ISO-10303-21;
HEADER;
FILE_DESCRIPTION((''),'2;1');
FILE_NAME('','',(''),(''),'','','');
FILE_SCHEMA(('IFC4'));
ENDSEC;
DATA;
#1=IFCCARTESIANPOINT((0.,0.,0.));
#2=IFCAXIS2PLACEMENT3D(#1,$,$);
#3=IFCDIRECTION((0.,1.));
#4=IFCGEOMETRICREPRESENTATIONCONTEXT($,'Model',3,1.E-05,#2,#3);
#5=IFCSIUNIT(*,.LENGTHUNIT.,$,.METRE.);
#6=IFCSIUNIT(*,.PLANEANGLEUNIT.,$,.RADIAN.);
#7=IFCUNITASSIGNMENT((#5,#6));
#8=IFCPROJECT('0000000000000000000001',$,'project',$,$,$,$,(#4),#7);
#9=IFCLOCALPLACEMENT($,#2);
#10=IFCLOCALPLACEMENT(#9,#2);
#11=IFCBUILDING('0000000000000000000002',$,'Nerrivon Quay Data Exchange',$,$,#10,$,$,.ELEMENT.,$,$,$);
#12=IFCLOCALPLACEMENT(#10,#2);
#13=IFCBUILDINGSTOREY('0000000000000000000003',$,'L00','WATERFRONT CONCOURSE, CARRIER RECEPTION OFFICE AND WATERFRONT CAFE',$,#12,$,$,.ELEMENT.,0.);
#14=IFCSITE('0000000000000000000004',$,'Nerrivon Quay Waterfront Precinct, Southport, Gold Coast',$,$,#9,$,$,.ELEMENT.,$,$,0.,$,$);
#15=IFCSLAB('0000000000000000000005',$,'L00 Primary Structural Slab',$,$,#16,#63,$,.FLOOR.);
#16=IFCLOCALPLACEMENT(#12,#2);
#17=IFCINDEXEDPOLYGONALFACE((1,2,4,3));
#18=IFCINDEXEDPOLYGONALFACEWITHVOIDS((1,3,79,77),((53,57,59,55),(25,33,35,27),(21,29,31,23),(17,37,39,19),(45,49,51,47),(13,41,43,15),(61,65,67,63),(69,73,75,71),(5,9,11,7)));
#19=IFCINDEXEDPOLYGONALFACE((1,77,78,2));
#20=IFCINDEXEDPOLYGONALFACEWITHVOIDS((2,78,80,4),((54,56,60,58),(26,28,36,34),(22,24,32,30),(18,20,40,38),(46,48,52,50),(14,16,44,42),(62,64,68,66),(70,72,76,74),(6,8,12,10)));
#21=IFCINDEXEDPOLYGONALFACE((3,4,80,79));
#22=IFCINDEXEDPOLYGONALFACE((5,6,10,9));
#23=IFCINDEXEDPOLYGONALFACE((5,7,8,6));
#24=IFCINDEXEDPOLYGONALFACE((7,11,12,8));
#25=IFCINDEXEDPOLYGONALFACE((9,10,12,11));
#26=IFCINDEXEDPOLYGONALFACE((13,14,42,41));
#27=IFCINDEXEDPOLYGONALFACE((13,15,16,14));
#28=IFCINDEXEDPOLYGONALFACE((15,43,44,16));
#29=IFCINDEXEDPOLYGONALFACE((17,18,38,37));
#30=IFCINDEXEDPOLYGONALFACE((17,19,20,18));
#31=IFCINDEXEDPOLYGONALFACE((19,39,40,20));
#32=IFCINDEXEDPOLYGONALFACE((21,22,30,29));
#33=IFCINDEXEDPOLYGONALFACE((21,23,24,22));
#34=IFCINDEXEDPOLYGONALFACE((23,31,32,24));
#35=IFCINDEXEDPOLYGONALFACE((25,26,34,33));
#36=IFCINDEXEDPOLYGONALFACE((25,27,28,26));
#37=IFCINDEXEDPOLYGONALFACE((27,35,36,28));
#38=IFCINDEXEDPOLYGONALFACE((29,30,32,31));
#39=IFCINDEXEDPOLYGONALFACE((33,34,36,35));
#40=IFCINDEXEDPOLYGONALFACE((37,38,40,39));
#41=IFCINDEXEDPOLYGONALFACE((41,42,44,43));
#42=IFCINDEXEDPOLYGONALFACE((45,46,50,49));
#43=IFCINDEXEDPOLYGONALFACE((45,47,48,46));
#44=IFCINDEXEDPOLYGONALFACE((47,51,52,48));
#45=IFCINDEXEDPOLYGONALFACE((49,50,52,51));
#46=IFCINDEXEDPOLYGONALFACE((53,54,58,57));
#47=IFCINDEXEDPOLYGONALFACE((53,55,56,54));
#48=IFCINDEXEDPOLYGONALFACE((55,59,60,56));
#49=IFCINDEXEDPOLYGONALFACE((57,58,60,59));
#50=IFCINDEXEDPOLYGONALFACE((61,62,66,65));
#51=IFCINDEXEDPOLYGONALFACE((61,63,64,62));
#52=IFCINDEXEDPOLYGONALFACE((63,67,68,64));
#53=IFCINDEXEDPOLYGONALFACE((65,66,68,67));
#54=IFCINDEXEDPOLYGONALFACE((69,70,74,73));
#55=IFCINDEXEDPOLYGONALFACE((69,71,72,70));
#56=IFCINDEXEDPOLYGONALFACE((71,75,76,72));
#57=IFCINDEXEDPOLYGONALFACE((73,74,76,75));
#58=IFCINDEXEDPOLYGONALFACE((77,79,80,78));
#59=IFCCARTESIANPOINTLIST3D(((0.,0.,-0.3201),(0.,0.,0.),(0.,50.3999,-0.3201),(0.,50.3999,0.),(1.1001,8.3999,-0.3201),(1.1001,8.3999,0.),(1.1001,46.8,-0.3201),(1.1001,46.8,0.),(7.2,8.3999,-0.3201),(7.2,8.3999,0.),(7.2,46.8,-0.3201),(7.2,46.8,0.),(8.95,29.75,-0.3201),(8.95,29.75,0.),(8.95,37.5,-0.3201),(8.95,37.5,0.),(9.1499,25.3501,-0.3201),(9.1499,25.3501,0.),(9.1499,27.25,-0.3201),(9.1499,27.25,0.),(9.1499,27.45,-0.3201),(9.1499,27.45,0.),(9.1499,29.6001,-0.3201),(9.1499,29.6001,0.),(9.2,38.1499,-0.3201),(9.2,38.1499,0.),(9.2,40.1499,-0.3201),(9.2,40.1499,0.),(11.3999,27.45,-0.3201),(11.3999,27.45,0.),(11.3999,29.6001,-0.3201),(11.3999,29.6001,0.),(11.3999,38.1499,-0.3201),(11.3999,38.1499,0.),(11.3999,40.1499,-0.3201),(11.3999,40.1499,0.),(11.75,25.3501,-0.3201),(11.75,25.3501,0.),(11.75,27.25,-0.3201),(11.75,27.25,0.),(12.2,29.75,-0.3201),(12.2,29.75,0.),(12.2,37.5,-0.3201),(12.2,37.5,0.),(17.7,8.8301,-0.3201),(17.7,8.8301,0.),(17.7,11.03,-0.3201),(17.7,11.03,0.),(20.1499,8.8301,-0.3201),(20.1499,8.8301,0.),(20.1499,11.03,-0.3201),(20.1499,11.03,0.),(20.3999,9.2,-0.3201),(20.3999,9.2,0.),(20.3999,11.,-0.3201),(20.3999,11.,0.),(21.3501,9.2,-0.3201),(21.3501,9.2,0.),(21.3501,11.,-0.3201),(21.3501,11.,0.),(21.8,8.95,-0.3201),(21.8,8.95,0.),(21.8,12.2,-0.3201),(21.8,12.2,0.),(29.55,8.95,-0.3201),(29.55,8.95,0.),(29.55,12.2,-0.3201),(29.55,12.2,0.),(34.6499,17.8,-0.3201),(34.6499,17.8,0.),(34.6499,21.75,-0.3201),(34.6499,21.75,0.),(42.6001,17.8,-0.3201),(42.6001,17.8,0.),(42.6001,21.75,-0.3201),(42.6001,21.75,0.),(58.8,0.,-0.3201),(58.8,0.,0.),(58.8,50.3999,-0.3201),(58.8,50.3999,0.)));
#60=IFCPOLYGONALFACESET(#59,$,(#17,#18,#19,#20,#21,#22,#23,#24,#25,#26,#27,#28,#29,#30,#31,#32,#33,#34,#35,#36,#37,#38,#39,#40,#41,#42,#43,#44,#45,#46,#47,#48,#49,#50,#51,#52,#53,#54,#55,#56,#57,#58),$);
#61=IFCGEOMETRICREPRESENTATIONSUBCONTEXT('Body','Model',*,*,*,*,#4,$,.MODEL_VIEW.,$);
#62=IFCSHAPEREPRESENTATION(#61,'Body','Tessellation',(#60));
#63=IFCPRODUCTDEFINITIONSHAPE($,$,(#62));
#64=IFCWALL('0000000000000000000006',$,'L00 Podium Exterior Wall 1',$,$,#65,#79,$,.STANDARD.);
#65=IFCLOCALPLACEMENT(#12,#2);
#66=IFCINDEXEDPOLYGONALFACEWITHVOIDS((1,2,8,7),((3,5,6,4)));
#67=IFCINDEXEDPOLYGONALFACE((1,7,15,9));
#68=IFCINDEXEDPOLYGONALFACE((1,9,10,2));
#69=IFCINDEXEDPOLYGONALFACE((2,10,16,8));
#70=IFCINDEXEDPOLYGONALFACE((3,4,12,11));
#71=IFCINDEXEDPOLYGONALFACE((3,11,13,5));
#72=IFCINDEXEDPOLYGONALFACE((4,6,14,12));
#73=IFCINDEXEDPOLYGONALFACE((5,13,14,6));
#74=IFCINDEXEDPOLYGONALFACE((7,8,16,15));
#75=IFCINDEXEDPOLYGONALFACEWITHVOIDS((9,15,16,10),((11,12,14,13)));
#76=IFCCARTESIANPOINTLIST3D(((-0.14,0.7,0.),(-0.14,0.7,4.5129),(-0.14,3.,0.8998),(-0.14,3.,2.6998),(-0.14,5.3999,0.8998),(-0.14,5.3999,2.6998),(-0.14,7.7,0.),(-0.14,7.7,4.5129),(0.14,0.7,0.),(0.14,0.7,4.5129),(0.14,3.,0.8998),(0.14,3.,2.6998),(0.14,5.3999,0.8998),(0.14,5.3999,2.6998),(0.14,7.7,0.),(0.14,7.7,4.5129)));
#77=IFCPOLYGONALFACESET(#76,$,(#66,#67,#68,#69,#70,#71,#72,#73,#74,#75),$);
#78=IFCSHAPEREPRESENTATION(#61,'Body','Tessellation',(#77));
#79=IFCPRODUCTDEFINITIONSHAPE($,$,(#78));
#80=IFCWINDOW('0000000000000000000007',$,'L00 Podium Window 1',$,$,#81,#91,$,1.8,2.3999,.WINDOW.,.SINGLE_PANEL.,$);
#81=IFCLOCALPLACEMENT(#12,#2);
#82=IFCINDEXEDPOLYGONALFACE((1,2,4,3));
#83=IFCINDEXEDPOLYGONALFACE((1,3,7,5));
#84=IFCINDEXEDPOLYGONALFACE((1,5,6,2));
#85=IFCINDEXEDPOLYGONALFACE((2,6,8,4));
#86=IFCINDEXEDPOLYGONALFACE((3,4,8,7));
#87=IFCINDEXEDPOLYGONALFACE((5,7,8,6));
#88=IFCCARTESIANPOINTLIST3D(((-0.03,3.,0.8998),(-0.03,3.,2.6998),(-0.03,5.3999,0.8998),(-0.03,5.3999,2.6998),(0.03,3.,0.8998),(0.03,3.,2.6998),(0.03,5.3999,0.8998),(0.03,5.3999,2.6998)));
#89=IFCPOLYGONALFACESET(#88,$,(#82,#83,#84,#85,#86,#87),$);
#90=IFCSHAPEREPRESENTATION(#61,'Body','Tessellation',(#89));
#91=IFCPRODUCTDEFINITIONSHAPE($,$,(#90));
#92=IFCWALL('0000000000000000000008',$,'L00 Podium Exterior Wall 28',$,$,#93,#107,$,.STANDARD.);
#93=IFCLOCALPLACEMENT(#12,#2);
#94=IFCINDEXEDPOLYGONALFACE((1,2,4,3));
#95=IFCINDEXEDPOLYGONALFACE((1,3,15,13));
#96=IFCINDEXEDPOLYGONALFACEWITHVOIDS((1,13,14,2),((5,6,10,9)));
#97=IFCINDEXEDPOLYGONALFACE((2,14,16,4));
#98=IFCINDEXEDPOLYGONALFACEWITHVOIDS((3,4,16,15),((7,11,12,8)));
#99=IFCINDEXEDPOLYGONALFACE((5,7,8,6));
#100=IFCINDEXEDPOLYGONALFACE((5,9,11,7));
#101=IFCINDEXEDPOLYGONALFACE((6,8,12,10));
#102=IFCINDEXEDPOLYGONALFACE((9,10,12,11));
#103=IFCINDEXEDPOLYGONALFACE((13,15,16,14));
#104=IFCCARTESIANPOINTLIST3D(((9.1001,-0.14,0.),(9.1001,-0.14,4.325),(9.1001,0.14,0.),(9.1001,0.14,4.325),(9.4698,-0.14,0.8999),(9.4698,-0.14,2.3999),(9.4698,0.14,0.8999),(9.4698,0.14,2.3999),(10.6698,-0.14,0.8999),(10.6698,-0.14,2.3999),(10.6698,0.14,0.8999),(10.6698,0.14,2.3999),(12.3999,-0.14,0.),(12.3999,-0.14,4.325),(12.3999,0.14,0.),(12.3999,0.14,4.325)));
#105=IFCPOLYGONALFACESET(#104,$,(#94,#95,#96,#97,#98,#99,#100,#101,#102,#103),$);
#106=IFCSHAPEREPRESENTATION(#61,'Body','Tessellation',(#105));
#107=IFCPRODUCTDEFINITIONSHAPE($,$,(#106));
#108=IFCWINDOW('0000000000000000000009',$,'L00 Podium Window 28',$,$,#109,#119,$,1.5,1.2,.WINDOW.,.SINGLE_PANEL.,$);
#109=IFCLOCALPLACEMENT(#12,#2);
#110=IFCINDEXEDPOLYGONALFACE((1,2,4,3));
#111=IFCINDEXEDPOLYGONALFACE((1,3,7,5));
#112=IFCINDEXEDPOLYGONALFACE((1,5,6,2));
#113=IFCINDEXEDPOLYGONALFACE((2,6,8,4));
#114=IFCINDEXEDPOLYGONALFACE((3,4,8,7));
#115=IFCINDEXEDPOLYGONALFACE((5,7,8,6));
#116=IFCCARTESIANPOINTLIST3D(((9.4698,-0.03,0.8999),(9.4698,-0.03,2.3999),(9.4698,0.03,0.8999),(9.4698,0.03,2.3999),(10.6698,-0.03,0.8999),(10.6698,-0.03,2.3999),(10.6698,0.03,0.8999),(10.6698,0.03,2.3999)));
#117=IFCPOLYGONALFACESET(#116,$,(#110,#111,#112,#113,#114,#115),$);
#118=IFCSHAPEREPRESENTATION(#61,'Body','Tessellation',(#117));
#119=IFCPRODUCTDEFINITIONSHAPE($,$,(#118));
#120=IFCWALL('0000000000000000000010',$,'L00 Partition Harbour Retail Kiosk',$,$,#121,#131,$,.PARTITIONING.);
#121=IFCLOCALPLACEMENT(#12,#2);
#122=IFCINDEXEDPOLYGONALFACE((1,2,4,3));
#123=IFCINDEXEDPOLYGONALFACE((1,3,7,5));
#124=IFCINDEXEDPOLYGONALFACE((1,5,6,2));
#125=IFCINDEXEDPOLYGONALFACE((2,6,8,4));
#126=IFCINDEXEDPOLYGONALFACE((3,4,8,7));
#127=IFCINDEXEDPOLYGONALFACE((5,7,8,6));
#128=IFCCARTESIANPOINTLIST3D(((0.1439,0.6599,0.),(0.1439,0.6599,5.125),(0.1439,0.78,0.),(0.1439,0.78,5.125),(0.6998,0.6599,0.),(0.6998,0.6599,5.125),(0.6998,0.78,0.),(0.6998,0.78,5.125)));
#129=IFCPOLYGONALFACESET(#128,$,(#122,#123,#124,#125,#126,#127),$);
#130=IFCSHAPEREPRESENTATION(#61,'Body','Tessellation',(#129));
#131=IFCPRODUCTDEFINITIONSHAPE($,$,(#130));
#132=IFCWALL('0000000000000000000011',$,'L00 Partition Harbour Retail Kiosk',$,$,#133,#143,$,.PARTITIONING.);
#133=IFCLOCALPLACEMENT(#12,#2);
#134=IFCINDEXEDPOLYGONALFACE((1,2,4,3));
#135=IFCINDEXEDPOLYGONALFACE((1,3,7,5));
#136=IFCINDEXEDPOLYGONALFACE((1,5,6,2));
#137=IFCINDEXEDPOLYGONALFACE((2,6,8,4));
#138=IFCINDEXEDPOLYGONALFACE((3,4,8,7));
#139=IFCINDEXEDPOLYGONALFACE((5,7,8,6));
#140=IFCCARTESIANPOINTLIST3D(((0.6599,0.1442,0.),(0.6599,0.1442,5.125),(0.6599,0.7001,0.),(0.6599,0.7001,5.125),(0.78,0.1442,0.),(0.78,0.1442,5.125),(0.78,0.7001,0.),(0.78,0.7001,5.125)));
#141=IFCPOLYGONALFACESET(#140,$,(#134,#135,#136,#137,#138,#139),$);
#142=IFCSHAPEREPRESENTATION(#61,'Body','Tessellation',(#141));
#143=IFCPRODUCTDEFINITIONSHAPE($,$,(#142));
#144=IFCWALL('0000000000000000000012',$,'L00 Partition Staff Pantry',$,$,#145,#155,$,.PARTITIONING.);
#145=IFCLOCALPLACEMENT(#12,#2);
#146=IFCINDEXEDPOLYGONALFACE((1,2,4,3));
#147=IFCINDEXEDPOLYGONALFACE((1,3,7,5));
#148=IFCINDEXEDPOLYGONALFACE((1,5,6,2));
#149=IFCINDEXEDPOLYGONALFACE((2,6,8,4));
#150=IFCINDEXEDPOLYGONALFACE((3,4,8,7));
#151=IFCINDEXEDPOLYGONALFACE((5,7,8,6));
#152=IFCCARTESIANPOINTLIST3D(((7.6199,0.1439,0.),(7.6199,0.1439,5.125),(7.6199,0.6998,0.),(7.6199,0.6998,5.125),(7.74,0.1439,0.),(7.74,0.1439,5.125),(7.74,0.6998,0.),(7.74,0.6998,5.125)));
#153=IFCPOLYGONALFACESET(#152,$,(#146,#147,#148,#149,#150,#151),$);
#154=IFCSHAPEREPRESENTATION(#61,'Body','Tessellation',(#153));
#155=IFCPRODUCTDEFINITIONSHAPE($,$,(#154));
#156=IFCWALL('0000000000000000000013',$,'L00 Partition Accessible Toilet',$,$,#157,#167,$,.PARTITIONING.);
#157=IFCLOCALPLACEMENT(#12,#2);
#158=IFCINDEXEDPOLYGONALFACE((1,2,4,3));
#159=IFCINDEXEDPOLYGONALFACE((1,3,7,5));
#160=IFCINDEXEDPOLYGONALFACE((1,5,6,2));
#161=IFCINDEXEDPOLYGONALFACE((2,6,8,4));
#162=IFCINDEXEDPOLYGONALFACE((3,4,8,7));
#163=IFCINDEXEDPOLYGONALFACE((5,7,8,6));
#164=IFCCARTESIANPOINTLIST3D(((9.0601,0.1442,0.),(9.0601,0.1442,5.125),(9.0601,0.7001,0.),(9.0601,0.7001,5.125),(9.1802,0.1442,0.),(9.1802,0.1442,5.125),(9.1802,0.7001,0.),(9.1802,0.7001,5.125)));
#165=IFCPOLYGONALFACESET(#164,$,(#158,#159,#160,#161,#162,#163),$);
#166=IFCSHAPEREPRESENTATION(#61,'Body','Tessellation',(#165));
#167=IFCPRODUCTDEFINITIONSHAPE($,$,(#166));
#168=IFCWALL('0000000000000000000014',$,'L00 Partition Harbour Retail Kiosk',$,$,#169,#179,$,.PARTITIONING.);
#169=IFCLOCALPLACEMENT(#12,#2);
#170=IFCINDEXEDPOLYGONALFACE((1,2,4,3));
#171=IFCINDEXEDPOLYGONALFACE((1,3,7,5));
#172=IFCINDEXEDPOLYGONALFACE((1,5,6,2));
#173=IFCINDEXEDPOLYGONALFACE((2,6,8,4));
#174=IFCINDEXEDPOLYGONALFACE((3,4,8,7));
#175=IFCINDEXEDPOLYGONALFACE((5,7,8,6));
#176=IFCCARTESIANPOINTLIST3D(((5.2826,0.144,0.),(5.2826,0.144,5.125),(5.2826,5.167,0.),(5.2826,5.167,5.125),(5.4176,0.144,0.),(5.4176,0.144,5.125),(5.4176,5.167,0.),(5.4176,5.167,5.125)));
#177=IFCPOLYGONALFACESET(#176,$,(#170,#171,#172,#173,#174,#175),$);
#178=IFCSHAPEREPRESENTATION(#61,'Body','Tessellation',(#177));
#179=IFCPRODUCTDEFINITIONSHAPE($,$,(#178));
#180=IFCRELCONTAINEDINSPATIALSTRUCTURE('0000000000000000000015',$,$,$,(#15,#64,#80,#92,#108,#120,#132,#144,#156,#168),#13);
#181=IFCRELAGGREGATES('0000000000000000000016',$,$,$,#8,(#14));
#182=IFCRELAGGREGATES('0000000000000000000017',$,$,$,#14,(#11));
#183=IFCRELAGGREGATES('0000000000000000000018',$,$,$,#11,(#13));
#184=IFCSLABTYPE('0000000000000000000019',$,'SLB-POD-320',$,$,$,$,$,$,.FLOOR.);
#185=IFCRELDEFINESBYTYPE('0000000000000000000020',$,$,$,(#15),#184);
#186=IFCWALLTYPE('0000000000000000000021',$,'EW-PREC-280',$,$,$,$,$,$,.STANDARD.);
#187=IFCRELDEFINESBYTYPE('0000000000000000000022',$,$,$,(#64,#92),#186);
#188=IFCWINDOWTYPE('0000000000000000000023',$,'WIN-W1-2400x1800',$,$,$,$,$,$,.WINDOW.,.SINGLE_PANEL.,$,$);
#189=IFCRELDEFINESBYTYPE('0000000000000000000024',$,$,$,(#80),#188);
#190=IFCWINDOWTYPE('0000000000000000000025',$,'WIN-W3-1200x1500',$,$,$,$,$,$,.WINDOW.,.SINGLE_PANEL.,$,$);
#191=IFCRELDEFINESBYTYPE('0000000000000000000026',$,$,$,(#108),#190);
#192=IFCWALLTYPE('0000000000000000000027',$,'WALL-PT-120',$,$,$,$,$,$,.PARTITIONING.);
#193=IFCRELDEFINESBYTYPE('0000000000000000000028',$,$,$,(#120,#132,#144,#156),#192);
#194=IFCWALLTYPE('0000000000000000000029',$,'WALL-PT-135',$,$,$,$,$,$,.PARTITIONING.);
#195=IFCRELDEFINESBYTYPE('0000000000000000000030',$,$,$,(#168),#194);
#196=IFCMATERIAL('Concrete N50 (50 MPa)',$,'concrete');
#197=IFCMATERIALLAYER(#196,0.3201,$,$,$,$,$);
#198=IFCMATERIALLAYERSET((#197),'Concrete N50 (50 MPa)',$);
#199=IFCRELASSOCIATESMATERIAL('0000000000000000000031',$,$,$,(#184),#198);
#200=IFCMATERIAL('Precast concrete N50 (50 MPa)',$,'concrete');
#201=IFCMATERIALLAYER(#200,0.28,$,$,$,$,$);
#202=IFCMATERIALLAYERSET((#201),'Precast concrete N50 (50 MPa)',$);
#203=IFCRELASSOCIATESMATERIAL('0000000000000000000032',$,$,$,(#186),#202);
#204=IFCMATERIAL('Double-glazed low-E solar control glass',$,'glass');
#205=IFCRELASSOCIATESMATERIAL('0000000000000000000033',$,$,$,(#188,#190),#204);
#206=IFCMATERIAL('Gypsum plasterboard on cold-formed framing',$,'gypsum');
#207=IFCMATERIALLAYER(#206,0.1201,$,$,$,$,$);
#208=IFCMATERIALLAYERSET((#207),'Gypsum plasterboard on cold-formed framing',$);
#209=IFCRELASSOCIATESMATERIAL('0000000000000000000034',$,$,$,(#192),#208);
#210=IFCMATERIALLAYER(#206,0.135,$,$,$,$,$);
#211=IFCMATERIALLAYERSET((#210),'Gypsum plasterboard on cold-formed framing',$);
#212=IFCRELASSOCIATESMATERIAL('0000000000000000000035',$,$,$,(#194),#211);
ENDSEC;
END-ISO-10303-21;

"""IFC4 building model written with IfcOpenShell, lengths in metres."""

from ifc_helpers import new_model, si_unit, direction, frame, frame_2d, origin, place, context, subcontext, project, spatial, polyline, rectangle, outline, extrude, material, layer, layer_set, type_object, element, fill, save


model = new_model("IFC4")

# Units and contexts
model_context = context("Model", 3, precision=1e-05, world=origin(), true_north=direction((0.0, 1.0)))
body_context = subcontext(model_context, "Body", "Model", "MODEL_VIEW")
ifc_project = project(units=[si_unit("LENGTHUNIT", "METRE"), si_unit("PLANEANGLEUNIT", "RADIAN")], contexts=[model_context])

# Site, building, storey
site_placement = place(None, origin())
site = spatial("IfcSite", under=ifc_project, at=site_placement, Name="Nerrivon Quay Waterfront Precinct, Southport, Gold Coast", CompositionType="ELEMENT", RefElevation=0.0)
building_placement = place(site_placement, origin())
building = spatial("IfcBuilding", under=site, at=building_placement, Name="Nerrivon Quay Data Exchange", CompositionType="ELEMENT")
storey_placement = place(building_placement, origin())
storey = spatial("IfcBuildingStorey", under=building, at=storey_placement, Name="L00", Description="WATERFRONT CONCOURSE, CARRIER RECEPTION OFFICE AND WATERFRONT CAFE", CompositionType="ELEMENT", Elevation=0.0)

# Shared definitions
ifc_material_1 = material(Name="Concrete N50 (50 MPa)", Category="concrete")

# Slab
ifc_layer_1 = layer(ifc_material_1, 0.3201)
ifc_layer_set_1 = layer_set([ifc_layer_1], Name="Concrete N50 (50 MPa)")
slab_type_1 = type_object("IfcSlabType", Name="SLB-POD-320", PredefinedType="FLOOR", material=ifc_layer_set_1)
slab_1_placement = place(storey_placement, frame((0.0, 0.0, -0.3201)))
element("IfcSlab", 1, at=slab_1_placement, inside=storey, type_object=slab_type_1, Name="L00 Primary Structural Slab", PredefinedType="FLOOR", context=body_context, shape_type="SweptSolid", body=[
    extrude(outline(polyline([(58.8, 0.0), (58.8, 50.3999), (0.0, 50.3999), (0.0, 0.0), (58.8, 0.0)]), holes=[polyline([(8.95, 29.75), (8.95, 37.5), (12.2, 37.5), (12.2, 29.75), (8.95, 29.75)]), polyline([(21.8, 12.2), (29.55, 12.2), (29.55, 8.95), (21.8, 8.95), (21.8, 12.2)]), polyline([(34.6499, 21.75), (42.6001, 21.75), (42.6001, 17.8), (34.6499, 17.8), (34.6499, 21.75)]), polyline([(20.3999, 9.2), (20.3999, 11.0), (21.3501, 11.0), (21.3501, 9.2), (20.3999, 9.2)]), polyline([(20.1499, 8.8301), (17.7, 8.8301), (17.7, 11.03), (20.1499, 11.03), (20.1499, 8.8301)]), polyline([(9.1499, 25.3501), (9.1499, 27.25), (11.75, 27.25), (11.75, 25.3501), (9.1499, 25.3501)]), polyline([(9.1499, 27.45), (9.1499, 29.6001), (11.3999, 29.6001), (11.3999, 27.45), (9.1499, 27.45)]), polyline([(9.2, 38.1499), (9.2, 40.1499), (11.3999, 40.1499), (11.3999, 38.1499), (9.2, 38.1499)]), polyline([(7.2, 8.3999), (1.1001, 8.3999), (1.1001, 46.8), (7.2, 46.8), (7.2, 8.3999)])]), origin(), (0.0, 0.0, 1.0), 0.3201),
])

# Walls, openings, windows
ifc_material_2 = material(Name="Precast concrete N50 (50 MPa)", Category="concrete")
ifc_layer_2 = layer(ifc_material_2, 0.28)
ifc_layer_set_2 = layer_set([ifc_layer_2], Name="Precast concrete N50 (50 MPa)")
wall_type_1 = type_object("IfcWallType", Name="EW-PREC-280", PredefinedType="STANDARD", material=ifc_layer_set_2)
wall_1_placement = place(storey_placement, frame((0.0, 0.7, 0.0), z_axis=(0.0, 0.0, 1.0), x_axis=(0.0, 1.0, 0.0)))
wall_1 = element("IfcWall", 2, at=wall_1_placement, inside=storey, type_object=wall_type_1, Name="L00 Podium Exterior Wall 1", PredefinedType="STANDARD", context=body_context, shape_type="SweptSolid", body=[
    extrude(rectangle(XDim=7.0, YDim=0.28, at=frame_2d((3.5, 0.0))), origin(), (0.0, 0.0, 1.0), 4.5129),
])
opening_1_placement = place(wall_1_placement, frame((2.3, 0.0, 0.8999)))
opening_1 = element("IfcOpeningElement", 3, at=opening_1_placement, cuts=wall_1, PredefinedType="OPENING", context=body_context, shape_type="SweptSolid", body=[
    extrude(rectangle(XDim=2.3999, YDim=1.8, at=frame_2d((1.2, 0.8999))), frame((0.0, 0.1499, 0.0), z_axis=(0.0, -1.0, 0.0), x_axis=(1.0, 0.0, 0.0)), (0.0, 0.0, 1.0), 0.3),
])
ifc_material_3 = material(Name="Double-glazed low-E solar control glass", Category="glass")
window_type_1 = type_object("IfcWindowType", Name="WIN-W1-2400x1800", PartitioningType="SINGLE_PANEL", PredefinedType="WINDOW", material=ifc_material_3)
window_1_placement = place(opening_1_placement, origin())
window_1 = element("IfcWindow", 4, at=window_1_placement, inside=storey, type_object=window_type_1, Name="L00 Podium Window 1", OverallHeight=1.8, OverallWidth=2.3999, PartitioningType="SINGLE_PANEL", PredefinedType="WINDOW", context=body_context, shape_type="SweptSolid", body=[
    extrude(rectangle(XDim=2.3999, YDim=1.8, at=frame_2d((1.2, 0.8999))), frame((0.0, 0.03, 0.0), z_axis=(0.0, -1.0, 0.0), x_axis=(1.0, 0.0, 0.0)), (0.0, 0.0, 1.0), 0.0601),
])
fill(opening_1, window_1)
wall_2_placement = place(storey_placement, frame((12.3999, 0.0, 0.0), z_axis=(0.0, 0.0, 1.0), x_axis=(-1.0, 0.0, 0.0)))
wall_2 = element("IfcWall", 5, at=wall_2_placement, inside=storey, type_object=wall_type_1, Name="L00 Podium Exterior Wall 28", PredefinedType="STANDARD", context=body_context, shape_type="SweptSolid", body=[
    extrude(rectangle(XDim=3.2998, YDim=0.28, at=frame_2d((1.6499, 0.0))), origin(), (0.0, 0.0, 1.0), 4.325),
])
opening_2_placement = place(wall_2_placement, frame((1.73, 0.0, 0.8999)))
opening_2 = element("IfcOpeningElement", 6, at=opening_2_placement, cuts=wall_2, PredefinedType="OPENING", context=body_context, shape_type="SweptSolid", body=[
    extrude(rectangle(XDim=1.2, YDim=1.5, at=frame_2d((0.6001, 0.75))), frame((0.0, 0.1499, 0.0), z_axis=(0.0, -1.0, 0.0), x_axis=(1.0, 0.0, 0.0)), (0.0, 0.0, 1.0), 0.3),
])
window_type_2 = type_object("IfcWindowType", Name="WIN-W3-1200x1500", PartitioningType="SINGLE_PANEL", PredefinedType="WINDOW", material=ifc_material_3)
window_2_placement = place(opening_2_placement, origin())
window_2 = element("IfcWindow", 7, at=window_2_placement, inside=storey, type_object=window_type_2, Name="L00 Podium Window 28", OverallHeight=1.5, OverallWidth=1.2, PartitioningType="SINGLE_PANEL", PredefinedType="WINDOW", context=body_context, shape_type="SweptSolid", body=[
    extrude(rectangle(XDim=1.2, YDim=1.5, at=frame_2d((0.6001, 0.75))), frame((0.0, 0.03, 0.0), z_axis=(0.0, -1.0, 0.0), x_axis=(1.0, 0.0, 0.0)), (0.0, 0.0, 1.0), 0.0601),
])
fill(opening_2, window_2)

# Walls
ifc_material_4 = material(Name="Gypsum plasterboard on cold-formed framing", Category="gypsum")
ifc_layer_3 = layer(ifc_material_4, 0.1201)
ifc_layer_set_3 = layer_set([ifc_layer_3], Name="Gypsum plasterboard on cold-formed framing")
wall_type_2 = type_object("IfcWallType", Name="WALL-PT-120", PredefinedType="PARTITIONING", material=ifc_layer_set_3)
for number, where, z_axis, x_axis, name in (
    (8, (0.144, 0.72, 0.0), (0.0, 0.0, 1.0), (1.0, 0.0, 0.0), "L00 Partition Harbour Retail Kiosk"),
    (9, (0.72, 0.7, 0.0), (0.0, 0.0, 1.0), (0.0, -1.0, 0.0), "L00 Partition Harbour Retail Kiosk"),
    (10, (7.6799, 0.144, 0.0), (0.0, 0.0, 1.0), (0.0, 1.0, 0.0), "L00 Partition Staff Pantry"),
    (11, (9.1201, 0.7, 0.0), (0.0, 0.0, 1.0), (0.0, -1.0, 0.0), "L00 Partition Accessible Toilet"),
):
    element("IfcWall", number, at=place(storey_placement, frame(where, z_axis=z_axis, x_axis=x_axis)), inside=storey, type_object=wall_type_2, Name=name, PredefinedType="PARTITIONING", context=body_context, shape_type="SweptSolid", body=[
        extrude(rectangle(XDim=0.5559, YDim=0.1201, at=frame_2d((0.2778, 0.0))), origin(), (0.0, 0.0, 1.0), 5.125),
    ])
ifc_layer_4 = layer(ifc_material_4, 0.135)
ifc_layer_set_4 = layer_set([ifc_layer_4], Name="Gypsum plasterboard on cold-formed framing")
wall_type_3 = type_object("IfcWallType", Name="WALL-PT-135", PredefinedType="PARTITIONING", material=ifc_layer_set_4)
wall_3_placement = place(storey_placement, frame((5.3501, 0.144, 0.0), z_axis=(0.0, 0.0, 1.0), x_axis=(0.0, 1.0, 0.0)))
element("IfcWall", 12, at=wall_3_placement, inside=storey, type_object=wall_type_3, Name="L00 Partition Harbour Retail Kiosk", PredefinedType="PARTITIONING", context=body_context, shape_type="SweptSolid", body=[
    extrude(rectangle(XDim=5.0229, YDim=0.135, at=frame_2d((2.5115, 0.0))), origin(), (0.0, 0.0, 1.0), 5.125),
])

save(model, "model.ifc")
